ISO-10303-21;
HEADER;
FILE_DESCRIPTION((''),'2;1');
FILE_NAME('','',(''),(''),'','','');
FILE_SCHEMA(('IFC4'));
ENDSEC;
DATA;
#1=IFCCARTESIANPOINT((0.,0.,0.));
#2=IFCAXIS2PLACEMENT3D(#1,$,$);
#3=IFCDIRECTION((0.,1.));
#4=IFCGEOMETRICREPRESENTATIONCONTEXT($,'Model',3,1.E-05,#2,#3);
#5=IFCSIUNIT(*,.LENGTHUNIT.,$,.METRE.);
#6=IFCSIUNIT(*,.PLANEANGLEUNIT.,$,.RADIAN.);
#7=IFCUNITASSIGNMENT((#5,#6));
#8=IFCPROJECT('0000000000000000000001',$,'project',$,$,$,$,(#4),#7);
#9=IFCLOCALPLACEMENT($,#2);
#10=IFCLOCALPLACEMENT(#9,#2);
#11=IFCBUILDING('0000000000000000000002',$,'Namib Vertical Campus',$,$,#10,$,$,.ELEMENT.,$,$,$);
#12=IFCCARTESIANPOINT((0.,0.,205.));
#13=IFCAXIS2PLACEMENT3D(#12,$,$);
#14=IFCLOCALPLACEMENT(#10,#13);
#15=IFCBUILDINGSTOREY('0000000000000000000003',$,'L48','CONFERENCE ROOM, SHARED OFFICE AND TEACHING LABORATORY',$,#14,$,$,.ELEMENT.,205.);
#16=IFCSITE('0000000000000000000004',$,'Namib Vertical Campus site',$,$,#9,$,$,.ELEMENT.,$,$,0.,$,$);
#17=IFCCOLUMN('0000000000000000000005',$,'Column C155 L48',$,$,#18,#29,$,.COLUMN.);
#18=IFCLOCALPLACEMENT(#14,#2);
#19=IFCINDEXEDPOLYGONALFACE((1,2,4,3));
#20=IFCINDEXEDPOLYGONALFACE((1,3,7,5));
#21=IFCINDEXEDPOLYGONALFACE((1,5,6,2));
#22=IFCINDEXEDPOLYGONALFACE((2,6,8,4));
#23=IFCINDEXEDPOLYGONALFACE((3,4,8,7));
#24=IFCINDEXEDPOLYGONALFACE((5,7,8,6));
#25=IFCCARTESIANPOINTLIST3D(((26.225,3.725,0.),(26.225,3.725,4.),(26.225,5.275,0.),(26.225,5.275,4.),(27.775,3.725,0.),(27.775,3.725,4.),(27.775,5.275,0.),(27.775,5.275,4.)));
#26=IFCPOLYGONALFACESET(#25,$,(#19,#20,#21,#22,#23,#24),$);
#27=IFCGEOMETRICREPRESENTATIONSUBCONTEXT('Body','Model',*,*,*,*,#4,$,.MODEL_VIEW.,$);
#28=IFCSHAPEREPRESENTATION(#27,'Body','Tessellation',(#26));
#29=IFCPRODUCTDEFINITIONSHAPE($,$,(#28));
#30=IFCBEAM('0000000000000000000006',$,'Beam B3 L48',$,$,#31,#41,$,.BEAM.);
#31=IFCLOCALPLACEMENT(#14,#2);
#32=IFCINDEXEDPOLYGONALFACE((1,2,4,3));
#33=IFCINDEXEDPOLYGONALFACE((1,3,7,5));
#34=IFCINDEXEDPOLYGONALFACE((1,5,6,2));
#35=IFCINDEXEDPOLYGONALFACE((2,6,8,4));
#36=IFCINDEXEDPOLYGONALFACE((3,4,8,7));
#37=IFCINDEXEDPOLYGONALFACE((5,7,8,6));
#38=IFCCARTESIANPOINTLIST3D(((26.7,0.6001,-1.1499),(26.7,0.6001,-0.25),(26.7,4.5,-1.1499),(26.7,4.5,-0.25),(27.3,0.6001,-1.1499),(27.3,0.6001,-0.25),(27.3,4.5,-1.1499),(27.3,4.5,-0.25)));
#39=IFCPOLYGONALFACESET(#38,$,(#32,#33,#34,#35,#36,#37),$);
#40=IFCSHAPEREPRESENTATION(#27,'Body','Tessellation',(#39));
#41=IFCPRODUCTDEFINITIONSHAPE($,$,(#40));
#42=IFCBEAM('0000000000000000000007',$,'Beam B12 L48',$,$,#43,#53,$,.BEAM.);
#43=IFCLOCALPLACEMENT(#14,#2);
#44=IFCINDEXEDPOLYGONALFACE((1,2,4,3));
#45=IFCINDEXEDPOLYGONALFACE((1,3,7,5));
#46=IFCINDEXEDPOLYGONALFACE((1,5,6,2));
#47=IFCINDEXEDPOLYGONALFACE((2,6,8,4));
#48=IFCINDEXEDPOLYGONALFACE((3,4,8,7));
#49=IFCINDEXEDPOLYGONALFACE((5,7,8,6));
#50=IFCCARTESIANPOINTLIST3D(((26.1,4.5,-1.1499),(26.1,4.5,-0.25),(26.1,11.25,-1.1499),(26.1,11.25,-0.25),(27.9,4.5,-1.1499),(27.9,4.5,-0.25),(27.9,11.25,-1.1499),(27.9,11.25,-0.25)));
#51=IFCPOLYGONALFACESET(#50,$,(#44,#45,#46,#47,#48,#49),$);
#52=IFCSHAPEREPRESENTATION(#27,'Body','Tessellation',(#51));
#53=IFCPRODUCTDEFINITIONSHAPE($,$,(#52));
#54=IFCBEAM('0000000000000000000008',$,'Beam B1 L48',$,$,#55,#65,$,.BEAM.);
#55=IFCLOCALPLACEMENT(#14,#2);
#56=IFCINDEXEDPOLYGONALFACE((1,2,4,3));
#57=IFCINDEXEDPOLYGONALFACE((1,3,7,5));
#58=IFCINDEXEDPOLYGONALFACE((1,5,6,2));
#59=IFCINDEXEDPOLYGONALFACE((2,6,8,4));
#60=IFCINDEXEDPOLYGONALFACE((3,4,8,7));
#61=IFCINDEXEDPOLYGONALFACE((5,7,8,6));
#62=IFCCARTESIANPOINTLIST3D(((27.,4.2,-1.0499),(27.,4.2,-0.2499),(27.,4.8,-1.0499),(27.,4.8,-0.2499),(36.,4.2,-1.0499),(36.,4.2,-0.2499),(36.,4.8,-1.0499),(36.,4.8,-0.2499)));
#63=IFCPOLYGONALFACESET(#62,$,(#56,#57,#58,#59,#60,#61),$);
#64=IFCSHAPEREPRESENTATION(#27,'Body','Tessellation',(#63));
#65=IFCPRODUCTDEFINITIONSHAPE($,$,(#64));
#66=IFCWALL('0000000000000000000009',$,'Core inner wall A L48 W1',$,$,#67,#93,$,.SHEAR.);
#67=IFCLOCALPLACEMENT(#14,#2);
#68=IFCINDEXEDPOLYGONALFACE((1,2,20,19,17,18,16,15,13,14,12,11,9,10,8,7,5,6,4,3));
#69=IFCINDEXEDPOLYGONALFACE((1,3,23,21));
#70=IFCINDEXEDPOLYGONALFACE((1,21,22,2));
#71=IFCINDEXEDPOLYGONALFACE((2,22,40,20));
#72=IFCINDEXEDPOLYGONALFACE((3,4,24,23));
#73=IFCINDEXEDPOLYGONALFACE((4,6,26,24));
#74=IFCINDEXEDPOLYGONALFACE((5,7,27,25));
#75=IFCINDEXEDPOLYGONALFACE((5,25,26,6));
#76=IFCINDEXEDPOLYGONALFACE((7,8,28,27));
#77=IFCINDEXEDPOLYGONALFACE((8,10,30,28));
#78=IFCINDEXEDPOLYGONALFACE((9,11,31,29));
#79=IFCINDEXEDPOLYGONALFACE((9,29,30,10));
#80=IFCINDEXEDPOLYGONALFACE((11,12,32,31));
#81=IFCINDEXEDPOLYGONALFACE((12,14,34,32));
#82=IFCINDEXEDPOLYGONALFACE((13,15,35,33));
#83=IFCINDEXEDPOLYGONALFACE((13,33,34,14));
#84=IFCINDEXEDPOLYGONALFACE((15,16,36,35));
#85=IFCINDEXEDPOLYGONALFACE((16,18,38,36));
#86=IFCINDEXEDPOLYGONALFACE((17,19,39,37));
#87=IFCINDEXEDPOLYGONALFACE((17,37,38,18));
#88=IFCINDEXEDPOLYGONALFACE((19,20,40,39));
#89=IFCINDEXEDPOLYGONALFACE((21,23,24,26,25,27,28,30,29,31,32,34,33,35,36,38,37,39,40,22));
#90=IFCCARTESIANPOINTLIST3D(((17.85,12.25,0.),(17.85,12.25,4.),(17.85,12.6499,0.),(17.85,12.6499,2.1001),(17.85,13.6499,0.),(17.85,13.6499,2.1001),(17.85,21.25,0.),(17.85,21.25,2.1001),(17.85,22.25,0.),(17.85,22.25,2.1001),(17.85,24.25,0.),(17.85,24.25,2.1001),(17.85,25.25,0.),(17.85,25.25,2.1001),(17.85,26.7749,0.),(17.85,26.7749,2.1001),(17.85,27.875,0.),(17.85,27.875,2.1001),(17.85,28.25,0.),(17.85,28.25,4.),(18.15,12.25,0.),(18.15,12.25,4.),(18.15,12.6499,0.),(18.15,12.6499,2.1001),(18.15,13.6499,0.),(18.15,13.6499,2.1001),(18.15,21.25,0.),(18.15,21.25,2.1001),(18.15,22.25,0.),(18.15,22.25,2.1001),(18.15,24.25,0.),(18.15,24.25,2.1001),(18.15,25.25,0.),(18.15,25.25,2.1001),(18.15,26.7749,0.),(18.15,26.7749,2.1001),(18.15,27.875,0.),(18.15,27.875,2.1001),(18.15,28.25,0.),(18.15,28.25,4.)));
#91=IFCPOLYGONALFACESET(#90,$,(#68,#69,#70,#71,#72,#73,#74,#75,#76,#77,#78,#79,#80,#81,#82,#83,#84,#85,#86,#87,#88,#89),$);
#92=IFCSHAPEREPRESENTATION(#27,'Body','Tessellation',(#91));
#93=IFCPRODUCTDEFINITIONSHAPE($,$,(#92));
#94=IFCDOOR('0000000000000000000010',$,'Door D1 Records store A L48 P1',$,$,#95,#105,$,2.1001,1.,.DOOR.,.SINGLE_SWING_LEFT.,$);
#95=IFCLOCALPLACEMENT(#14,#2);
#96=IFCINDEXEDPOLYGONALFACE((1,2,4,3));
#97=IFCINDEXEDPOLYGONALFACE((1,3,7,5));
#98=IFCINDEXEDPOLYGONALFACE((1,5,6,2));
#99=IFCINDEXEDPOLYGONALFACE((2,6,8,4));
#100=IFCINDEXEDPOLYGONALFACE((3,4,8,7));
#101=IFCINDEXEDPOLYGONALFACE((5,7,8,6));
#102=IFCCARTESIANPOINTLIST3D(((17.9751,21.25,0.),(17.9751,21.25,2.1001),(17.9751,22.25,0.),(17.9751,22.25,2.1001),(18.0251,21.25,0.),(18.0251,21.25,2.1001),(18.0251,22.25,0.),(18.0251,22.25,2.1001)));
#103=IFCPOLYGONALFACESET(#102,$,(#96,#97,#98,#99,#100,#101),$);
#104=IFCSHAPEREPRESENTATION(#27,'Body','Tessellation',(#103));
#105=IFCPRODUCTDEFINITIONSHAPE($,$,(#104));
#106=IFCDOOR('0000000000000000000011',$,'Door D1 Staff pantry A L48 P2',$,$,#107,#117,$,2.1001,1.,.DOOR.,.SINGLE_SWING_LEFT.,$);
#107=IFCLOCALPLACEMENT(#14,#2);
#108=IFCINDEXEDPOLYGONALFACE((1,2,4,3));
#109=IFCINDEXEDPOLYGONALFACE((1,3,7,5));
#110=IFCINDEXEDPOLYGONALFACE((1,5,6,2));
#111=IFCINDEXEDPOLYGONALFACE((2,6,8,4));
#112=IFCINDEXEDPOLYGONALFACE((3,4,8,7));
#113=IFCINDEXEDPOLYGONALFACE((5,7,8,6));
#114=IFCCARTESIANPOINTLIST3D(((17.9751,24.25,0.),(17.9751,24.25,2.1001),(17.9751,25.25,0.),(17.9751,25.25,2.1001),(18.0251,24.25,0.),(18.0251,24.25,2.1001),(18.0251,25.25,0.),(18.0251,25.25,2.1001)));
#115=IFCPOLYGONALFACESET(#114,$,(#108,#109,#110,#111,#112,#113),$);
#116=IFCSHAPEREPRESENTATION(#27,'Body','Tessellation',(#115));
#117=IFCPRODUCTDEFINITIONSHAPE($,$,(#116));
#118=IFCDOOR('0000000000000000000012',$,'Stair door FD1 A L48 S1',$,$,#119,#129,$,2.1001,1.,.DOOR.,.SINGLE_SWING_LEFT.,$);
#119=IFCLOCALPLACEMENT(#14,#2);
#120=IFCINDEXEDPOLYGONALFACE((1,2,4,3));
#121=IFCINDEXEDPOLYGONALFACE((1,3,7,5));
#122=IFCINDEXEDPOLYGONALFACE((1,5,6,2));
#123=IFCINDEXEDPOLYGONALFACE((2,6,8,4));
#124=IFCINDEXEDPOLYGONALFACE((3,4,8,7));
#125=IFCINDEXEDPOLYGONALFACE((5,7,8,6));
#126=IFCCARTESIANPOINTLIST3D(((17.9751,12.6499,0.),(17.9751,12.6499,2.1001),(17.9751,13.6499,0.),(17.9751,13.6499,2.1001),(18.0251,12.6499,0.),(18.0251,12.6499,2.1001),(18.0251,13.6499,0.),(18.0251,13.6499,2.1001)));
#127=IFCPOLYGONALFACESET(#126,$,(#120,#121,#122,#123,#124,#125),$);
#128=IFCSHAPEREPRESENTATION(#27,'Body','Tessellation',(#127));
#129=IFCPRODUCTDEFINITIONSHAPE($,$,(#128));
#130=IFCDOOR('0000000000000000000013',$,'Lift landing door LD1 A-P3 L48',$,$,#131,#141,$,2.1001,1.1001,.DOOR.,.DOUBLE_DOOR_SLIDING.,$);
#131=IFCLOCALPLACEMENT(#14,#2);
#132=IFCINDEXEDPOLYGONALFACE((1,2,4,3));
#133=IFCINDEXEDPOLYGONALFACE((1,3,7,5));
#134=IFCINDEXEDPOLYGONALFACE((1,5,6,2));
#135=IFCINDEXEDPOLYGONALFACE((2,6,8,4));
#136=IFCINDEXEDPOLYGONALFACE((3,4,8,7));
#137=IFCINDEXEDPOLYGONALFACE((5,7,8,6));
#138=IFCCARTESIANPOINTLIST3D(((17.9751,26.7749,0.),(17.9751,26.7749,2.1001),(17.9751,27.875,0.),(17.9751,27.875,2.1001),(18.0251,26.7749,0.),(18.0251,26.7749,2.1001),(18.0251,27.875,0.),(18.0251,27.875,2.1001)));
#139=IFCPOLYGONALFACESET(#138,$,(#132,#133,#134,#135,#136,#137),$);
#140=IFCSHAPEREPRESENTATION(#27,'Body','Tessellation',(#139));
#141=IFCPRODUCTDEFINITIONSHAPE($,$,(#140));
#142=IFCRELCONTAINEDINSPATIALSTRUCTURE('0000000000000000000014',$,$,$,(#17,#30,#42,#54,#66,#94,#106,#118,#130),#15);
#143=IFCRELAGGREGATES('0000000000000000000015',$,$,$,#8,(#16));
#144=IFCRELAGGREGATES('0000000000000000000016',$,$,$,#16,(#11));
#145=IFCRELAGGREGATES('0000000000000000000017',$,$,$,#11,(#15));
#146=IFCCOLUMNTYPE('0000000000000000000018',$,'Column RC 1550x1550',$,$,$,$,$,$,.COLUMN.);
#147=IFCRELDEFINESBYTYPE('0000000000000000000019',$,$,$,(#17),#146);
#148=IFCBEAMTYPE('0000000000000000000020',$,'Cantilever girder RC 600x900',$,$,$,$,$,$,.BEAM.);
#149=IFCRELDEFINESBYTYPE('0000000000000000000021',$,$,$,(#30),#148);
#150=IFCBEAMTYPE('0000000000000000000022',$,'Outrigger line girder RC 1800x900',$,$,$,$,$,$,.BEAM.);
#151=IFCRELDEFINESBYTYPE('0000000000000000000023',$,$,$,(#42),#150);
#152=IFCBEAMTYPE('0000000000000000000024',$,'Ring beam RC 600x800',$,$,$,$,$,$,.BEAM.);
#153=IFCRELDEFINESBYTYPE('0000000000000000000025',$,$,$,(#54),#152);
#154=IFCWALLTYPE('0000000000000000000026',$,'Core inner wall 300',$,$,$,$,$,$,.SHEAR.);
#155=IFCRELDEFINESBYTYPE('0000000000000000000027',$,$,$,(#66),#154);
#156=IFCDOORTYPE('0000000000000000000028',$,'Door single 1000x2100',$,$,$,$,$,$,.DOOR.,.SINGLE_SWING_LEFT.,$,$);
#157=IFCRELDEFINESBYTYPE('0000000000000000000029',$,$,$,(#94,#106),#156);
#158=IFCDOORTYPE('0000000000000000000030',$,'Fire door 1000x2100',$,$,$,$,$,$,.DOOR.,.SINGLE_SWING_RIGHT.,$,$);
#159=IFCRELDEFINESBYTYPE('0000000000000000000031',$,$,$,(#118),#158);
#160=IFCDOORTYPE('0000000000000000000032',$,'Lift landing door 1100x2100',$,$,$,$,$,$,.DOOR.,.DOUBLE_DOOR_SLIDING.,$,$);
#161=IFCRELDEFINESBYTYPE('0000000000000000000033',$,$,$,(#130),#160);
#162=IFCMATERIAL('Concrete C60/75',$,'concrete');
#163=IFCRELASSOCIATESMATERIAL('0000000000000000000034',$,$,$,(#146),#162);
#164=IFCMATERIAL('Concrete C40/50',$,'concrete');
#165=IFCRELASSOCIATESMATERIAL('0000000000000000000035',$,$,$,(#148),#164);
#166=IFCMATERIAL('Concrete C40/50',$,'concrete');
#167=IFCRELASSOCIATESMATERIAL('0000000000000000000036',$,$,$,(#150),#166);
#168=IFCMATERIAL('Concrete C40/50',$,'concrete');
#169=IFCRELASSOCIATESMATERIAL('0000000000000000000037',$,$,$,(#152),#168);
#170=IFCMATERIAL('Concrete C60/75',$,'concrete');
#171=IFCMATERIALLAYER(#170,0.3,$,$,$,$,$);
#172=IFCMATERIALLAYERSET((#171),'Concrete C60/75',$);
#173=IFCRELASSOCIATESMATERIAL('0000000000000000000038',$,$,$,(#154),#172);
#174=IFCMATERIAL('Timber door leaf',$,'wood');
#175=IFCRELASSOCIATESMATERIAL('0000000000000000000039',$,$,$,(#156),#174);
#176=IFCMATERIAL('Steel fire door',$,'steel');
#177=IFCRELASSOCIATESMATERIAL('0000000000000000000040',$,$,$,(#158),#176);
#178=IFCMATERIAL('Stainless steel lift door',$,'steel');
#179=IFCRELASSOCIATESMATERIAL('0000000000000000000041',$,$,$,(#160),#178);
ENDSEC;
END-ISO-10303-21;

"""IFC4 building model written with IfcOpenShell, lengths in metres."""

from ifc_helpers import new_model, si_unit, direction, frame, frame_2d, origin, origin_2d, place, context, subcontext, project, spatial, rectangle, extrude, material, layer, layer_set, material_profile, profile_set, type_object, element, fill, save


model = new_model("IFC4")

# Units and contexts
model_context = context("Model", 3, precision=1e-05, world=origin(), true_north=direction((0.0, 1.0)))
body_context = subcontext(model_context, "Body", "Model", "MODEL_VIEW")
ifc_project = project(units=[si_unit("LENGTHUNIT", "METRE"), si_unit("PLANEANGLEUNIT", "RADIAN")], contexts=[model_context])

# Site, building, storey
site_placement = place(None, origin())
site = spatial("IfcSite", under=ifc_project, at=site_placement, Name="Namib Vertical Campus site", CompositionType="ELEMENT", RefElevation=0.0)
building_placement = place(site_placement, origin())
building = spatial("IfcBuilding", under=site, at=building_placement, Name="Namib Vertical Campus", CompositionType="ELEMENT")
storey_placement = place(building_placement, frame((0.0, 0.0, 205.0)))
storey = spatial("IfcBuildingStorey", under=building, at=storey_placement, Name="L48", Description="CONFERENCE ROOM, SHARED OFFICE AND TEACHING LABORATORY", CompositionType="ELEMENT", Elevation=205.0)

# Column
ifc_material_1 = material(Name="Concrete C60/75", Category="concrete")
ifc_material_profile_1 = material_profile(ifc_material_1, rectangle(XDim=1.55, YDim=1.55, at=origin_2d()))
ifc_profile_set_1 = profile_set([ifc_material_profile_1], Name="Concrete C60/75")
column_type = type_object("IfcColumnType", Name="Column RC 1550x1550", PredefinedType="COLUMN", material=ifc_profile_set_1)
column_placement = place(storey_placement, frame((27.0, 4.5, 0.0), z_axis=(0.0, 0.0, 1.0), x_axis=(1.0, 0.0, 0.0)))
element("IfcColumn", 1, at=column_placement, inside=storey, type_object=column_type, Name="Column C155 L48", PredefinedType="COLUMN", context=body_context, shape_type="SweptSolid", body=[
    extrude(rectangle(XDim=1.55, YDim=1.55, at=origin_2d()), origin(), (0.0, 0.0, 1.0), 4.0),
])

# Beams
ifc_material_2 = material(Name="Concrete C40/50", Category="concrete")
ifc_material_profile_2 = material_profile(ifc_material_2, rectangle(XDim=0.6001, YDim=0.8999, at=origin_2d()))
ifc_profile_set_2 = profile_set([ifc_material_profile_2], Name="Concrete C40/50")
beam_type_1 = type_object("IfcBeamType", Name="Cantilever girder RC 600x900", PredefinedType="BEAM", material=ifc_profile_set_2)
beam_1_placement = place(storey_placement, frame((27.0, 4.5, -0.7), z_axis=(0.0, -1.0, 0.0), x_axis=(1.0, 0.0, 0.0)))
element("IfcBeam", 2, at=beam_1_placement, inside=storey, type_object=beam_type_1, Name="Beam B3 L48", PredefinedType="BEAM", context=body_context, shape_type="SweptSolid", body=[
    extrude(rectangle(XDim=0.6001, YDim=0.8999, at=origin_2d()), origin(), (0.0, 0.0, 1.0), 3.8999),
])
ifc_material_3 = material(Name="Concrete C40/50", Category="concrete")
ifc_material_profile_3 = material_profile(ifc_material_3, rectangle(XDim=1.8, YDim=0.8999, at=origin_2d()))
ifc_profile_set_3 = profile_set([ifc_material_profile_3], Name="Concrete C40/50")
beam_type_2 = type_object("IfcBeamType", Name="Outrigger line girder RC 1800x900", PredefinedType="BEAM", material=ifc_profile_set_3)
beam_2_placement = place(storey_placement, frame((27.0, 4.5, -0.7), z_axis=(0.0, 1.0, 0.0), x_axis=(-1.0, 0.0, 0.0)))
element("IfcBeam", 3, at=beam_2_placement, inside=storey, type_object=beam_type_2, Name="Beam B12 L48", PredefinedType="BEAM", context=body_context, shape_type="SweptSolid", body=[
    extrude(rectangle(XDim=1.8, YDim=0.8999, at=origin_2d()), origin(), (0.0, 0.0, 1.0), 6.75),
])
ifc_material_4 = material(Name="Concrete C40/50", Category="concrete")
ifc_material_profile_4 = material_profile(ifc_material_4, rectangle(XDim=0.6001, YDim=0.8, at=origin_2d()))
ifc_profile_set_4 = profile_set([ifc_material_profile_4], Name="Concrete C40/50")
beam_type_3 = type_object("IfcBeamType", Name="Ring beam RC 600x800", PredefinedType="BEAM", material=ifc_profile_set_4)
beam_3_placement = place(storey_placement, frame((27.0, 4.5, -0.6499), z_axis=(1.0, 0.0, 0.0), x_axis=(0.0, 1.0, 0.0)))
element("IfcBeam", 4, at=beam_3_placement, inside=storey, type_object=beam_type_3, Name="Beam B1 L48", PredefinedType="BEAM", context=body_context, shape_type="SweptSolid", body=[
    extrude(rectangle(XDim=0.6001, YDim=0.8, at=origin_2d()), origin(), (0.0, 0.0, 1.0), 9.0),
])

# Wall, openings, doors
ifc_material_5 = material(Name="Concrete C60/75", Category="concrete")
ifc_layer_1 = layer(ifc_material_5, 0.3)
ifc_layer_set_1 = layer_set([ifc_layer_1], Name="Concrete C60/75")
wall_type_1 = type_object("IfcWallType", Name="Core inner wall 300", PredefinedType="SHEAR", material=ifc_layer_set_1)
wall_1_placement = place(storey_placement, frame((18.0, 12.25, 0.0), z_axis=(0.0, 0.0, 1.0), x_axis=(0.0, 1.0, 0.0)))
wall_1 = element("IfcWall", 5, at=wall_1_placement, inside=storey, type_object=wall_type_1, Name="Core inner wall A L48 W1", PredefinedType="SHEAR", context=body_context, shape_type="SweptSolid", body=[
    extrude(rectangle(XDim=16.0, YDim=0.3, at=frame_2d((8.0, 0.0))), origin(), (0.0, 0.0, 1.0), 4.0),
])
opening_1_placement = place(wall_1_placement, frame((0.3999, 0.0, 0.0)))
opening_1 = element("IfcOpeningElement", 6, at=opening_1_placement, cuts=wall_1, PredefinedType="OPENING", context=body_context, shape_type="SweptSolid", body=[
    extrude(rectangle(XDim=1.0, YDim=2.1001, at=frame_2d((0.5, 1.05))), frame((0.0, 0.1599, 0.0), z_axis=(0.0, -1.0, 0.0), x_axis=(1.0, 0.0, 0.0)), (0.0, 0.0, 1.0), 0.3201),
])
opening_2_placement = place(wall_1_placement, frame((14.5249, 0.0, 0.0)))
opening_2 = element("IfcOpeningElement", 7, at=opening_2_placement, cuts=wall_1, PredefinedType="OPENING", context=body_context, shape_type="SweptSolid", body=[
    extrude(rectangle(XDim=1.1001, YDim=2.1001, at=frame_2d((0.55, 1.05))), frame((0.0, 0.1599, 0.0), z_axis=(0.0, -1.0, 0.0), x_axis=(1.0, 0.0, 0.0)), (0.0, 0.0, 1.0), 0.3201),
])
opening_3_placement = place(wall_1_placement, frame((9.0, 0.0, 0.0)))
opening_3 = element("IfcOpeningElement", 8, at=opening_3_placement, cuts=wall_1, PredefinedType="OPENING", context=body_context, shape_type="SweptSolid", body=[
    extrude(rectangle(XDim=1.0, YDim=2.1001, at=frame_2d((0.5, 1.05))), frame((0.0, 0.1599, 0.0), z_axis=(0.0, -1.0, 0.0), x_axis=(1.0, 0.0, 0.0)), (0.0, 0.0, 1.0), 0.3201),
])
opening_4_placement = place(wall_1_placement, frame((12.0, 0.0, 0.0)))
opening_4 = element("IfcOpeningElement", 9, at=opening_4_placement, cuts=wall_1, PredefinedType="OPENING", context=body_context, shape_type="SweptSolid", body=[
    extrude(rectangle(XDim=1.0, YDim=2.1001, at=frame_2d((0.5, 1.05))), frame((0.0, 0.1599, 0.0), z_axis=(0.0, -1.0, 0.0), x_axis=(1.0, 0.0, 0.0)), (0.0, 0.0, 1.0), 0.3201),
])
ifc_material_6 = material(Name="Timber door leaf", Category="wood")
door_type_1 = type_object("IfcDoorType", Name="Door single 1000x2100", OperationType="SINGLE_SWING_LEFT", PredefinedType="DOOR", material=ifc_material_6)
door_1_placement = place(opening_3_placement, origin())
door_1 = element("IfcDoor", 10, at=door_1_placement, inside=storey, type_object=door_type_1, Name="Door D1 Records store A L48 P1", OperationType="SINGLE_SWING_LEFT", OverallHeight=2.1001, OverallWidth=1.0, PredefinedType="DOOR", context=body_context, shape_type="SweptSolid", body=[
    extrude(rectangle(XDim=1.0, YDim=2.1001, at=frame_2d((0.5, 1.05))), frame((0.0, 0.0249, 0.0), z_axis=(0.0, -1.0, 0.0), x_axis=(1.0, 0.0, 0.0)), (0.0, 0.0, 1.0), 0.05),
])
fill(opening_3, door_1)
door_2_placement = place(opening_4_placement, origin())
door_2 = element("IfcDoor", 11, at=door_2_placement, inside=storey, type_object=door_type_1, Name="Door D1 Staff pantry A L48 P2", OperationType="SINGLE_SWING_LEFT", OverallHeight=2.1001, OverallWidth=1.0, PredefinedType="DOOR", context=body_context, shape_type="SweptSolid", body=[
    extrude(rectangle(XDim=1.0, YDim=2.1001, at=frame_2d((0.5, 1.05))), frame((0.0, 0.0249, 0.0), z_axis=(0.0, -1.0, 0.0), x_axis=(1.0, 0.0, 0.0)), (0.0, 0.0, 1.0), 0.05),
])
fill(opening_4, door_2)
ifc_material_7 = material(Name="Steel fire door", Category="steel")
door_type_2 = type_object("IfcDoorType", Name="Fire door 1000x2100", OperationType="SINGLE_SWING_RIGHT", PredefinedType="DOOR", material=ifc_material_7)
door_3_placement = place(opening_1_placement, origin())
door_3 = element("IfcDoor", 12, at=door_3_placement, inside=storey, type_object=door_type_2, Name="Stair door FD1 A L48 S1", OperationType="SINGLE_SWING_LEFT", OverallHeight=2.1001, OverallWidth=1.0, PredefinedType="DOOR", context=body_context, shape_type="SweptSolid", body=[
    extrude(rectangle(XDim=1.0, YDim=2.1001, at=frame_2d((0.5, 1.05))), frame((0.0, 0.0249, 0.0), z_axis=(0.0, -1.0, 0.0), x_axis=(1.0, 0.0, 0.0)), (0.0, 0.0, 1.0), 0.05),
])
fill(opening_1, door_3)
ifc_material_8 = material(Name="Stainless steel lift door", Category="steel")
door_type_3 = type_object("IfcDoorType", Name="Lift landing door 1100x2100", OperationType="DOUBLE_DOOR_SLIDING", PredefinedType="DOOR", material=ifc_material_8)
door_4_placement = place(opening_2_placement, origin())
door_4 = element("IfcDoor", 13, at=door_4_placement, inside=storey, type_object=door_type_3, Name="Lift landing door LD1 A-P3 L48", OperationType="DOUBLE_DOOR_SLIDING", OverallHeight=2.1001, OverallWidth=1.1001, PredefinedType="DOOR", context=body_context, shape_type="SweptSolid", body=[
    extrude(rectangle(XDim=1.1001, YDim=2.1001, at=frame_2d((0.55, 1.05))), frame((0.0, 0.0249, 0.0), z_axis=(0.0, -1.0, 0.0), x_axis=(1.0, 0.0, 0.0)), (0.0, 0.0, 1.0), 0.05),
])
fill(opening_2, door_4)

save(model, "model.ifc")
